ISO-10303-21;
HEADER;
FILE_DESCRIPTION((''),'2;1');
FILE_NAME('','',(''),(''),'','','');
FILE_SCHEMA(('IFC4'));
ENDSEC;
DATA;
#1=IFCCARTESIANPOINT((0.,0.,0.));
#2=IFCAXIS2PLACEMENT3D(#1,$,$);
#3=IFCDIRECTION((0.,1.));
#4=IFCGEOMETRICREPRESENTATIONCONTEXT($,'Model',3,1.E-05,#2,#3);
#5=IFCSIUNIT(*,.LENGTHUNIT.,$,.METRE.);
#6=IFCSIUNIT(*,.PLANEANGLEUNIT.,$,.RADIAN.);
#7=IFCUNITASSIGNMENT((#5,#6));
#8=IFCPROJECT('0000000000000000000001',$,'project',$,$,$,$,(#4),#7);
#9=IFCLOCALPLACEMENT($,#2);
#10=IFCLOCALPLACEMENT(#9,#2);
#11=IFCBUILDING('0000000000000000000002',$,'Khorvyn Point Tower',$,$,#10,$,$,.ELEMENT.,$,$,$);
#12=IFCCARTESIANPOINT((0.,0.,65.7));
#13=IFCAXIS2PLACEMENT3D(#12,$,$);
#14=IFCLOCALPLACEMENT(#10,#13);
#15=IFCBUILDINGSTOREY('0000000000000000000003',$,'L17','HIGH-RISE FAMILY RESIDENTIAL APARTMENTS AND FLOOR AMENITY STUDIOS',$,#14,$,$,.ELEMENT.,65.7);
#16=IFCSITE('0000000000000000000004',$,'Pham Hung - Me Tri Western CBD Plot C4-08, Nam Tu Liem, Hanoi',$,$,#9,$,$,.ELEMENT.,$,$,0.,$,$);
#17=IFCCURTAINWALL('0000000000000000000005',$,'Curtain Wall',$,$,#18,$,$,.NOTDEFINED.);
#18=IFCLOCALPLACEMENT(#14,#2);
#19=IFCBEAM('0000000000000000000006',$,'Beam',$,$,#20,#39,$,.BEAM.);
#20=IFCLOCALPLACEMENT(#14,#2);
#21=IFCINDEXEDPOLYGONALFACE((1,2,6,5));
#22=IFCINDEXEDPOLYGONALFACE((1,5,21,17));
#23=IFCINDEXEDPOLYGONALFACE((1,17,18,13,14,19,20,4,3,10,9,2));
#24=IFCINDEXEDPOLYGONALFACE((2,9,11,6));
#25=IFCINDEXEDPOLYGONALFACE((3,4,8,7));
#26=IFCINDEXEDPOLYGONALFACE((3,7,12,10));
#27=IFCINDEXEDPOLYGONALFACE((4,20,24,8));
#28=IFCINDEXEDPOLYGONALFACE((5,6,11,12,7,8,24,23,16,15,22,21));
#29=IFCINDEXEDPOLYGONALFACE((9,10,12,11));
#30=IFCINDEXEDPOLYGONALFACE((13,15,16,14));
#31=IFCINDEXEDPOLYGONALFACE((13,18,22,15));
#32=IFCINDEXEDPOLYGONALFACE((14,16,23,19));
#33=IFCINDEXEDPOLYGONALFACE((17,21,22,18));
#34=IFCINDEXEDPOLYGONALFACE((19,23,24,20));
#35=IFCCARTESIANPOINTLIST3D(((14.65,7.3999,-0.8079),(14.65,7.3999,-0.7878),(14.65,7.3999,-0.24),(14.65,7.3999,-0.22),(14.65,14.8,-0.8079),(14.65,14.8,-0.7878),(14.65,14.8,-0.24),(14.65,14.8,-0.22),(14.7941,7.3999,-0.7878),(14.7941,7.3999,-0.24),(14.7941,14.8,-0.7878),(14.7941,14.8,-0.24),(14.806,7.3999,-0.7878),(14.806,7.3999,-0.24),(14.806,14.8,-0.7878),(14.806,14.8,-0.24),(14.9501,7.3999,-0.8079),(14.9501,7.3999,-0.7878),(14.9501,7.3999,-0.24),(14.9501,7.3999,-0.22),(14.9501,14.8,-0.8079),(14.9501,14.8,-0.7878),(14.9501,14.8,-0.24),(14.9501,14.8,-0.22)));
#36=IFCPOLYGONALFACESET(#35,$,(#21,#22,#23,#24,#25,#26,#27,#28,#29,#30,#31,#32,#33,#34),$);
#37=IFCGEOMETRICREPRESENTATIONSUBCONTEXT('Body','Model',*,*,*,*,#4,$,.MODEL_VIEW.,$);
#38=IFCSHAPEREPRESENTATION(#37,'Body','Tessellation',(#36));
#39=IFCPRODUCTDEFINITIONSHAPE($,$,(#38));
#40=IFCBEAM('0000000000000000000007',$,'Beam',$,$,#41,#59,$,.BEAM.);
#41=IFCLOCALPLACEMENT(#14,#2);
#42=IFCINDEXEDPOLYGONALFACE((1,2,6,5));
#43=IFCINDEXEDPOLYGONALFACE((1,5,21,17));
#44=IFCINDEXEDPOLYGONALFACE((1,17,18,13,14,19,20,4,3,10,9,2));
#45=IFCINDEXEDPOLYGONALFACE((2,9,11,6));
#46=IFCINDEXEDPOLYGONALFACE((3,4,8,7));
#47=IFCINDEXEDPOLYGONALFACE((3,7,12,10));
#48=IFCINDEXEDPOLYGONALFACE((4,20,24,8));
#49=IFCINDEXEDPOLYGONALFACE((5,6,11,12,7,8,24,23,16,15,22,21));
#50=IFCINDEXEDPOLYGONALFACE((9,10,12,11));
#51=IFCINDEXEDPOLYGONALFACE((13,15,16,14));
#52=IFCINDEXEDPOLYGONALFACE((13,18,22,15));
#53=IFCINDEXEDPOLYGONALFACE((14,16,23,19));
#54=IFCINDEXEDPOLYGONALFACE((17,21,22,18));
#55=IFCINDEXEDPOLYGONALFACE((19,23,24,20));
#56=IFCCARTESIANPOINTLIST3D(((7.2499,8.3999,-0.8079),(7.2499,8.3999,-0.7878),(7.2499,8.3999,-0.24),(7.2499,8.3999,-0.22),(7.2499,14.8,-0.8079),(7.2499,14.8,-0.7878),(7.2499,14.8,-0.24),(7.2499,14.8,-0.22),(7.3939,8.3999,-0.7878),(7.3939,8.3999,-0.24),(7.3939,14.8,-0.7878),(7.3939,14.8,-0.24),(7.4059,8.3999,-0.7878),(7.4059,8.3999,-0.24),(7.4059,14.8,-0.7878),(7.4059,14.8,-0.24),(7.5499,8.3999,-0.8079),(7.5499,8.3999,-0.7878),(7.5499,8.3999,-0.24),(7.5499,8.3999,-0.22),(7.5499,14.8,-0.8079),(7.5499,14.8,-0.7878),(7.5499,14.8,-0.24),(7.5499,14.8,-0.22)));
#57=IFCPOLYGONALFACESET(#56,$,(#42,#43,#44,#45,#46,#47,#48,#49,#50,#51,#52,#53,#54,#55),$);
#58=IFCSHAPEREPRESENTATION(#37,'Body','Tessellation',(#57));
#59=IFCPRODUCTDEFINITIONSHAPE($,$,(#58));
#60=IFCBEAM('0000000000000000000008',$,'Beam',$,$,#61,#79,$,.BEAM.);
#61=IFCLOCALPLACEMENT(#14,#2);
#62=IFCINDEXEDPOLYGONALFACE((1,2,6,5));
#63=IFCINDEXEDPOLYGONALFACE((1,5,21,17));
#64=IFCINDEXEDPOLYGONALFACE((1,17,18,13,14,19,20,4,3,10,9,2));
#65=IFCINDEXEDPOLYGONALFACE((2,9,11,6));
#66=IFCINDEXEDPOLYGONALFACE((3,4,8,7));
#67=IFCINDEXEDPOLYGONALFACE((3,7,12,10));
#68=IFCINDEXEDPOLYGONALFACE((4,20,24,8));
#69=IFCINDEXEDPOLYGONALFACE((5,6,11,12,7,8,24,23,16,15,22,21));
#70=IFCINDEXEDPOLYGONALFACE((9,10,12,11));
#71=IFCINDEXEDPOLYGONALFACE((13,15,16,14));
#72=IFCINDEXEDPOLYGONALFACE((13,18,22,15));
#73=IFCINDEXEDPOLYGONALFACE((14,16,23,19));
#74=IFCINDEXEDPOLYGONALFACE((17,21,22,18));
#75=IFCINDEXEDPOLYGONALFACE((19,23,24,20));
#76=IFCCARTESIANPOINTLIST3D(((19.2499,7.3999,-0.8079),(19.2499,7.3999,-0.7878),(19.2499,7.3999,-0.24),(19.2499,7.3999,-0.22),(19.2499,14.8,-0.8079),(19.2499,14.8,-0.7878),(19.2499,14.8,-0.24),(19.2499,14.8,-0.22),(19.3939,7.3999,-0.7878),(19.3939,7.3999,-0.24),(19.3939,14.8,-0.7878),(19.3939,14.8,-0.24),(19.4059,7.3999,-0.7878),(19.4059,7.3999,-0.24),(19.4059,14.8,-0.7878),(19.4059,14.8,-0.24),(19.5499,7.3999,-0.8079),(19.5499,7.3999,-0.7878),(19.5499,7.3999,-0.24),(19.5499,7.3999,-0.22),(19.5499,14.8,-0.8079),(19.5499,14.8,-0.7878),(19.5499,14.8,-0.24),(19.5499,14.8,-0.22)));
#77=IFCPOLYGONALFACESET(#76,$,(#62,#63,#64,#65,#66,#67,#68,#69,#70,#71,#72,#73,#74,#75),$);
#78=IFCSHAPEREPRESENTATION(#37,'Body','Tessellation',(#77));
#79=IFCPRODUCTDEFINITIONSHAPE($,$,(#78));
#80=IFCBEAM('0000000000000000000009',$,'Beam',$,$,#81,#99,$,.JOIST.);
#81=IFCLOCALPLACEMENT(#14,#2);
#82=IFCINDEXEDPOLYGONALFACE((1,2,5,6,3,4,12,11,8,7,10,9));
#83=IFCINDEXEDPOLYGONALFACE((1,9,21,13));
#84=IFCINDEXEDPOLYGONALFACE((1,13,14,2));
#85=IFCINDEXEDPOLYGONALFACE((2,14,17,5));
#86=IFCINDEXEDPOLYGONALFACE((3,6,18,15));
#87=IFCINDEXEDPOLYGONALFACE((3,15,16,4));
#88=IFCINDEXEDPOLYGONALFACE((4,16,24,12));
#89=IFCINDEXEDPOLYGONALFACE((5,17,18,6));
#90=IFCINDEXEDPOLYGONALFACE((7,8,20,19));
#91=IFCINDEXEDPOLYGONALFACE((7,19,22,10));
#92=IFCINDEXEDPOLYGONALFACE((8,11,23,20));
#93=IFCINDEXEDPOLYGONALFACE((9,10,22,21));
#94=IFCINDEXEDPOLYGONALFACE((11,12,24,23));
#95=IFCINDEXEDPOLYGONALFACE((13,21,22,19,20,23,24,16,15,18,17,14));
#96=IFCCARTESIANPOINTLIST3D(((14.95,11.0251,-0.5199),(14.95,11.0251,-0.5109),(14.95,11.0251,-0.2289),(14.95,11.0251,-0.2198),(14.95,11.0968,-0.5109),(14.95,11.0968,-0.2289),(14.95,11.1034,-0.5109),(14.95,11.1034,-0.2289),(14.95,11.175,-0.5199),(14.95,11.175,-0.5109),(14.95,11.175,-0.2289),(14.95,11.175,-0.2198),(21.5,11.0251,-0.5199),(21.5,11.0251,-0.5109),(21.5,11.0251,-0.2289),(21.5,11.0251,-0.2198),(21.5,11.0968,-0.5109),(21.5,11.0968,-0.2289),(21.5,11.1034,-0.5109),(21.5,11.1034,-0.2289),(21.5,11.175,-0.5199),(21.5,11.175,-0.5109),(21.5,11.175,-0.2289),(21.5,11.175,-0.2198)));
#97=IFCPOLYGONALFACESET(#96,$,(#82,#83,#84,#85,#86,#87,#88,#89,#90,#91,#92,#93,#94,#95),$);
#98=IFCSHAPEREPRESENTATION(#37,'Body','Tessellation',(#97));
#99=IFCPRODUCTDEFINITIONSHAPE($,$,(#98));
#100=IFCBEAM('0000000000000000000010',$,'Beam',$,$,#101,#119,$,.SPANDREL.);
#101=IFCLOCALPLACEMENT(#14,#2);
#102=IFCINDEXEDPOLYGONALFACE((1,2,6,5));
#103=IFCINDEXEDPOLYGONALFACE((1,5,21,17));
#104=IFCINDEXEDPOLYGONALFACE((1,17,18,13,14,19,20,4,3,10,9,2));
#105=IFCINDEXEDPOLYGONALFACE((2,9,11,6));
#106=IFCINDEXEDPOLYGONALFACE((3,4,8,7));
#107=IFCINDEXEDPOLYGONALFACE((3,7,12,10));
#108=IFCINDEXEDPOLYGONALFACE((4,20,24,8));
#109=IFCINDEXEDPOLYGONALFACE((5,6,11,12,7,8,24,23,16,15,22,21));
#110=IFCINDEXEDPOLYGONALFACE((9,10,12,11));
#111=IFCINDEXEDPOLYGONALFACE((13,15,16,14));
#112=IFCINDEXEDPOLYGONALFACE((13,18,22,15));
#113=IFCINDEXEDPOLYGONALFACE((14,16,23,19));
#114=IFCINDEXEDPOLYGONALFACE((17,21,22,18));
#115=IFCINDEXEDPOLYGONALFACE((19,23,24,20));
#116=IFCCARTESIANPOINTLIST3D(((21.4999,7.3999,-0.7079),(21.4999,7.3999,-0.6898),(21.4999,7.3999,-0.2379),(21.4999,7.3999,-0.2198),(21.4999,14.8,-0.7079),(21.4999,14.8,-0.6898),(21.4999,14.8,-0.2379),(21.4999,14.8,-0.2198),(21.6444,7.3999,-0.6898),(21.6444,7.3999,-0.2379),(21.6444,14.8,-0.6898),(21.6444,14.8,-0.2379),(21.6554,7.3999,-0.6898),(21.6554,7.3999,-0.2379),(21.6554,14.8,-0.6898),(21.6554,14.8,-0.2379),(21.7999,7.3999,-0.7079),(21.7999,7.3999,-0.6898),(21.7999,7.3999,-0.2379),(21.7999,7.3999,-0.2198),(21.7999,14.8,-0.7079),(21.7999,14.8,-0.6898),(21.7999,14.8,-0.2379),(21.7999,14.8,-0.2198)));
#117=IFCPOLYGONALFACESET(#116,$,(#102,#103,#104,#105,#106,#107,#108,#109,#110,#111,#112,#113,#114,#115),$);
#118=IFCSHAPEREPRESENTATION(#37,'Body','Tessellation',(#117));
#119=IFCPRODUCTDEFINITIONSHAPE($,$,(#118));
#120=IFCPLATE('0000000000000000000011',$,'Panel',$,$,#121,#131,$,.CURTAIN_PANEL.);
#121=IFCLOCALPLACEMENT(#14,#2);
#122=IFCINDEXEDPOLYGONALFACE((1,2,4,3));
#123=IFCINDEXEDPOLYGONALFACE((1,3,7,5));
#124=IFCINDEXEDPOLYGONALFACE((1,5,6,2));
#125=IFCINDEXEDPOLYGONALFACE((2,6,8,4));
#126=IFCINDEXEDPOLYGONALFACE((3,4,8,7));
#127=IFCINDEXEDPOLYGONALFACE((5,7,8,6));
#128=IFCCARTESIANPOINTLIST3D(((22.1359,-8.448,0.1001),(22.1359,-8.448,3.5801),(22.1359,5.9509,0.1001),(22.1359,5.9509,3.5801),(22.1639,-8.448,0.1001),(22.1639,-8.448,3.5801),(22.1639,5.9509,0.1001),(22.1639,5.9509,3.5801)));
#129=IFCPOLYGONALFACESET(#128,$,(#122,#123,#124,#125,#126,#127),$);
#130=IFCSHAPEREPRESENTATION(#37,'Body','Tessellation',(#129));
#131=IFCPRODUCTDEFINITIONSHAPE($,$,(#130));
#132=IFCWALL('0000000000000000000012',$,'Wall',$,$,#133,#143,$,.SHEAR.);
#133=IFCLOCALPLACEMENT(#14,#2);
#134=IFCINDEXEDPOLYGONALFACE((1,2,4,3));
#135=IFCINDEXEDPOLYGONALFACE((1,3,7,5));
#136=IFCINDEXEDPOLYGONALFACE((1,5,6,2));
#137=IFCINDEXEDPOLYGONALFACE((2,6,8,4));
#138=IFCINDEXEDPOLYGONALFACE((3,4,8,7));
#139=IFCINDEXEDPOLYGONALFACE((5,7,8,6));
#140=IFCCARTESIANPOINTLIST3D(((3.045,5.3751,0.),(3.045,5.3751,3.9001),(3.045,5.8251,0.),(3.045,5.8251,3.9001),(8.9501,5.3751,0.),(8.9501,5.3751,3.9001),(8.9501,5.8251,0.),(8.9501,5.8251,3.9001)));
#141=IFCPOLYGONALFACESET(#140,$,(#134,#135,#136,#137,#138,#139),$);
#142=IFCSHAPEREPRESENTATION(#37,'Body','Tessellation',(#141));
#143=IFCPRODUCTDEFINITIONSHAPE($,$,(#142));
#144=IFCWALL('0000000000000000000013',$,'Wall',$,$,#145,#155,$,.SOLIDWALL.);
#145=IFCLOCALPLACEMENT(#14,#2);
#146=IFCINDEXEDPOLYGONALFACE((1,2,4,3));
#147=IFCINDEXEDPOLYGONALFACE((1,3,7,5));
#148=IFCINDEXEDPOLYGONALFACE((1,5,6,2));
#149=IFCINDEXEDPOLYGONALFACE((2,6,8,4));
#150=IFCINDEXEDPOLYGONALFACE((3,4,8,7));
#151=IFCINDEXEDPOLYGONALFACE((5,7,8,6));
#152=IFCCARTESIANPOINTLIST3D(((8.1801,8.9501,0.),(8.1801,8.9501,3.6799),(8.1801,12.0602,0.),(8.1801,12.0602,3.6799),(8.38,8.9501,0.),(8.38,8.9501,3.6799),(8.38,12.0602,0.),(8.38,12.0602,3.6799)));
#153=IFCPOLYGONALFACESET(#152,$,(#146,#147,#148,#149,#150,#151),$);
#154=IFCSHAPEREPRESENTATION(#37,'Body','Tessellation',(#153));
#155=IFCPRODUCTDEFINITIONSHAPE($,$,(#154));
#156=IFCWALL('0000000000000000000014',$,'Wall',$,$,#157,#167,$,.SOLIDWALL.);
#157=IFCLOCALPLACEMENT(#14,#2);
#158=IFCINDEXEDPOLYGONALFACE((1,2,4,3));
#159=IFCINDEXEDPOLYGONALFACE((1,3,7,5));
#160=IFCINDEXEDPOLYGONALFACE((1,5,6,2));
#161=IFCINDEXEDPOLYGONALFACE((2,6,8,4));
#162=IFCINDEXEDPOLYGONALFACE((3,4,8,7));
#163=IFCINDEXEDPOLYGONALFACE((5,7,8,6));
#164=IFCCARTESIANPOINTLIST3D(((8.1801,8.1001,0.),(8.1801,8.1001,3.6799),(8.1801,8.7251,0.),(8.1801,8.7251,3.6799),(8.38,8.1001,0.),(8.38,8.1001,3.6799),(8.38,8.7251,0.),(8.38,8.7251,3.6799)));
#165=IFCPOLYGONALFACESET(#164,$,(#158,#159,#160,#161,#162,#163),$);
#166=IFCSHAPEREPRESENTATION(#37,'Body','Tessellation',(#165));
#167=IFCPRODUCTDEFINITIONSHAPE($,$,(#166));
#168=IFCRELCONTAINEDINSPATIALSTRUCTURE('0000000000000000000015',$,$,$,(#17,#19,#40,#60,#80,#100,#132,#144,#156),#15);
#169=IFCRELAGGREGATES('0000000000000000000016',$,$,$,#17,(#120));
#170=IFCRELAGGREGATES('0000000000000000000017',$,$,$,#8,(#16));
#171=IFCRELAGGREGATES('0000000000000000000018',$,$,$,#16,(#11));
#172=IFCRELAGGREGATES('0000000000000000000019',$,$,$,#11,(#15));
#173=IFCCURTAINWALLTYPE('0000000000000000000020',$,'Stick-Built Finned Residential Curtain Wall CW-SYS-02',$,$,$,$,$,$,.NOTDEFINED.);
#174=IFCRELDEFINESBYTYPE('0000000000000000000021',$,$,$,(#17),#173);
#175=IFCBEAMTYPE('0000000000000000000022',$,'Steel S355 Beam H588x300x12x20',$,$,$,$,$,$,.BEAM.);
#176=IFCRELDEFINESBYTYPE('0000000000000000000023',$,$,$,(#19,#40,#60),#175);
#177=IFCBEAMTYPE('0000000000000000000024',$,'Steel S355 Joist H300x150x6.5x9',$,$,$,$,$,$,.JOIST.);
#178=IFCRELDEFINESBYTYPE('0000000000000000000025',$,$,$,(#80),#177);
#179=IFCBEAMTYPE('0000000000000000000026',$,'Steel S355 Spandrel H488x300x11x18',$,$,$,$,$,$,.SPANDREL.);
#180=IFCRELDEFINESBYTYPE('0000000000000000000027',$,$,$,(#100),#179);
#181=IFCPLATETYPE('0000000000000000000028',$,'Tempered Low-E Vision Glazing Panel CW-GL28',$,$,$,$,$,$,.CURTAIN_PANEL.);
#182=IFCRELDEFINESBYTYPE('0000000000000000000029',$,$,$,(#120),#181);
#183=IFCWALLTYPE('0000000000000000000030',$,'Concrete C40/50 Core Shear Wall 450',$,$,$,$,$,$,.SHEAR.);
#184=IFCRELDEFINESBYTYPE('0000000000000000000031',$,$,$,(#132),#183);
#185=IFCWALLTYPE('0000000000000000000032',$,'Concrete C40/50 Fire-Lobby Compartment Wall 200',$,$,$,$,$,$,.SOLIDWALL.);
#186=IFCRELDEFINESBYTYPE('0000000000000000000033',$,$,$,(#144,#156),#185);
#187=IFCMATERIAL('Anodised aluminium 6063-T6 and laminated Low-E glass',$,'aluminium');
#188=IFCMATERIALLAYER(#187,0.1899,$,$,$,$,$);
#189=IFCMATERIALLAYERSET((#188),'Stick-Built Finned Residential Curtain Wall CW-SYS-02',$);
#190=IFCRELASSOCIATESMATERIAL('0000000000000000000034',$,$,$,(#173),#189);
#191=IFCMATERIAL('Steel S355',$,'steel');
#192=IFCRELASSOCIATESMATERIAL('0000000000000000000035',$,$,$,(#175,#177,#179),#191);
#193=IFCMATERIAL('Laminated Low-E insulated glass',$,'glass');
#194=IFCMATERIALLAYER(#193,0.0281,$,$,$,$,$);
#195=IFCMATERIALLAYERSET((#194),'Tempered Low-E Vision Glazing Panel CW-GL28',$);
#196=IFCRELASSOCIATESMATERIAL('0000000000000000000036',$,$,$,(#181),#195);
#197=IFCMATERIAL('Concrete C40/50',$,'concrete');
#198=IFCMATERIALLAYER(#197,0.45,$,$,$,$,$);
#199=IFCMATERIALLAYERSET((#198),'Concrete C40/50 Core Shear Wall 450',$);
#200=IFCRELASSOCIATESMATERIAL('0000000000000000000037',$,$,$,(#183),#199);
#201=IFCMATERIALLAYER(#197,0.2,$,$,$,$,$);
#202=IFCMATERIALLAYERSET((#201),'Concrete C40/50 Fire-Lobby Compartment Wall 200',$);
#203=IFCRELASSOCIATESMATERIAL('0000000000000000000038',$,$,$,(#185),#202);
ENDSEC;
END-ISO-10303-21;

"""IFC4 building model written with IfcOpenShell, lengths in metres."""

from ifc_helpers import new_model, si_unit, direction, frame, frame_2d, origin, origin_2d, place, context, subcontext, project, spatial, rectangle, i_section, extrude, material, layer, layer_set, material_profile, profile_set, type_object, element, aggregate, save


model = new_model("IFC4")

# Units and contexts
model_context = context("Model", 3, precision=1e-05, world=origin(), true_north=direction((0.0, 1.0)))
body_context = subcontext(model_context, "Body", "Model", "MODEL_VIEW")
ifc_project = project(units=[si_unit("LENGTHUNIT", "METRE"), si_unit("PLANEANGLEUNIT", "RADIAN")], contexts=[model_context])

# Site, building, storey
site_placement = place(None, origin())
site = spatial("IfcSite", under=ifc_project, at=site_placement, Name="Pham Hung - Me Tri Western CBD Plot C4-08, Nam Tu Liem, Hanoi", CompositionType="ELEMENT", RefElevation=0.0)
building_placement = place(site_placement, origin())
building = spatial("IfcBuilding", under=site, at=building_placement, Name="Khorvyn Point Tower", CompositionType="ELEMENT")
storey_placement = place(building_placement, frame((0.0, 0.0, 65.7)))
storey = spatial("IfcBuildingStorey", under=building, at=storey_placement, Name="L17", Description="HIGH-RISE FAMILY RESIDENTIAL APARTMENTS AND FLOOR AMENITY STUDIOS", CompositionType="ELEMENT", Elevation=65.7)

# Curtain wall
ifc_material_1 = material(Name="Anodised aluminium 6063-T6 and laminated Low-E glass", Category="aluminium")
ifc_layer_1 = layer(ifc_material_1, 0.1899)
ifc_layer_set_1 = layer_set([ifc_layer_1], Name="Stick-Built Finned Residential Curtain Wall CW-SYS-02")
curtain_wall_type = type_object("IfcCurtainWallType", Name="Stick-Built Finned Residential Curtain Wall CW-SYS-02", PredefinedType="NOTDEFINED", material=ifc_layer_set_1)
curtain_wall_placement = place(storey_placement, origin())
curtain_wall = element("IfcCurtainWall", 1, at=curtain_wall_placement, inside=storey, type_object=curtain_wall_type, Name="Curtain Wall", PredefinedType="NOTDEFINED")

# Beams
ifc_material_2 = material(Name="Steel S355", Category="steel")
ifc_material_profile_1 = material_profile(ifc_material_2, i_section(OverallWidth=0.3, OverallDepth=0.5879, WebThickness=0.012, FlangeThickness=0.02, at=origin_2d()))
ifc_profile_set_1 = profile_set([ifc_material_profile_1], Name="Steel S355 H588x300x12x20")
beam_type_1 = type_object("IfcBeamType", Name="Steel S355 Beam H588x300x12x20", PredefinedType="BEAM", material=ifc_profile_set_1)
beam_1_placement = place(storey_placement, frame((14.8, 7.3999, -0.5139), z_axis=(0.0, 1.0, 0.0), x_axis=(-1.0, 0.0, 0.0)))
element("IfcBeam", 2, at=beam_1_placement, inside=storey, type_object=beam_type_1, Name="Beam", PredefinedType="BEAM", context=body_context, shape_type="SweptSolid", body=[
    extrude(i_section(OverallWidth=0.3, OverallDepth=0.5879, WebThickness=0.012, FlangeThickness=0.02, at=origin_2d()), origin(), (0.0, 0.0, 1.0), 7.4001),
])
beam_2_placement = place(storey_placement, frame((7.3999, 8.3999, -0.5139), z_axis=(0.0, 1.0, 0.0), x_axis=(-1.0, 0.0, 0.0)))
element("IfcBeam", 3, at=beam_2_placement, inside=storey, type_object=beam_type_1, Name="Beam", PredefinedType="BEAM", context=body_context, shape_type="SweptSolid", body=[
    extrude(i_section(OverallWidth=0.3, OverallDepth=0.5879, WebThickness=0.012, FlangeThickness=0.02, at=origin_2d()), origin(), (0.0, 0.0, 1.0), 6.4001),
])
beam_3_placement = place(storey_placement, frame((19.3999, 7.3999, -0.5139), z_axis=(0.0, 1.0, 0.0), x_axis=(-1.0, 0.0, 0.0)))
element("IfcBeam", 4, at=beam_3_placement, inside=storey, type_object=beam_type_1, Name="Beam", PredefinedType="BEAM", context=body_context, shape_type="SweptSolid", body=[
    extrude(i_section(OverallWidth=0.3, OverallDepth=0.5879, WebThickness=0.012, FlangeThickness=0.02, at=origin_2d()), origin(), (0.0, 0.0, 1.0), 7.4001),
])
ifc_material_profile_2 = material_profile(ifc_material_2, i_section(OverallWidth=0.1499, OverallDepth=0.3, WebThickness=0.0066, FlangeThickness=0.009, at=origin_2d()))
ifc_profile_set_2 = profile_set([ifc_material_profile_2], Name="Steel S355 H300x150x6.5x9")
beam_type_2 = type_object("IfcBeamType", Name="Steel S355 Joist H300x150x6.5x9", PredefinedType="JOIST", material=ifc_profile_set_2)
beam_4_placement = place(storey_placement, frame((14.95, 11.1001, -0.3699), z_axis=(1.0, 0.0, 0.0), x_axis=(0.0, 1.0, 0.0)))
element("IfcBeam", 5, at=beam_4_placement, inside=storey, type_object=beam_type_2, Name="Beam", PredefinedType="JOIST", context=body_context, shape_type="SweptSolid", body=[
    extrude(i_section(OverallWidth=0.1499, OverallDepth=0.3, WebThickness=0.0066, FlangeThickness=0.009, at=origin_2d()), origin(), (0.0, 0.0, 1.0), 6.55),
])
ifc_material_profile_3 = material_profile(ifc_material_2, i_section(OverallWidth=0.3, OverallDepth=0.488, WebThickness=0.011, FlangeThickness=0.0181, at=origin_2d()))
ifc_profile_set_3 = profile_set([ifc_material_profile_3], Name="Steel S355 H488x300x11x18")
beam_type_3 = type_object("IfcBeamType", Name="Steel S355 Spandrel H488x300x11x18", PredefinedType="SPANDREL", material=ifc_profile_set_3)
beam_5_placement = place(storey_placement, frame((21.6499, 7.3999, -0.4639), z_axis=(0.0, 1.0, 0.0), x_axis=(-1.0, 0.0, 0.0)))
element("IfcBeam", 6, at=beam_5_placement, inside=storey, type_object=beam_type_3, Name="Beam", PredefinedType="SPANDREL", context=body_context, shape_type="SweptSolid", body=[
    extrude(i_section(OverallWidth=0.3, OverallDepth=0.488, WebThickness=0.011, FlangeThickness=0.0181, at=origin_2d()), origin(), (0.0, 0.0, 1.0), 7.4001),
])

# Plate
ifc_material_3 = material(Name="Laminated Low-E insulated glass", Category="glass")
ifc_layer_2 = layer(ifc_material_3, 0.0281)
ifc_layer_set_2 = layer_set([ifc_layer_2], Name="Tempered Low-E Vision Glazing Panel CW-GL28")
plate_type = type_object("IfcPlateType", Name="Tempered Low-E Vision Glazing Panel CW-GL28", PredefinedType="CURTAIN_PANEL", material=ifc_layer_set_2)
plate_placement = place(storey_placement, frame((22.1499, -1.2485, 0.1001), z_axis=(0.0, 0.0, 1.0), x_axis=(0.0, -1.0, 0.0)))
plate = element("IfcPlate", 7, at=plate_placement, type_object=plate_type, Name="Panel", PredefinedType="CURTAIN_PANEL", context=body_context, shape_type="SweptSolid", body=[
    extrude(rectangle(XDim=14.3989, YDim=0.0281, at=origin_2d()), origin(), (0.0, 0.0, 1.0), 3.48),
])
aggregate(curtain_wall, [plate])

# Wall
ifc_material_4 = material(Name="Concrete C40/50", Category="concrete")
ifc_layer_3 = layer(ifc_material_4, 0.45)
ifc_layer_set_3 = layer_set([ifc_layer_3], Name="Concrete C40/50 Core Shear Wall 450")
wall_type_1 = type_object("IfcWallType", Name="Concrete C40/50 Core Shear Wall 450", PredefinedType="SHEAR", material=ifc_layer_set_3)
wall_1_placement = place(storey_placement, frame((3.0449, 5.6001, 0.0), z_axis=(0.0, 0.0, 1.0), x_axis=(1.0, 0.0, 0.0)))
element("IfcWall", 8, at=wall_1_placement, inside=storey, type_object=wall_type_1, Name="Wall", PredefinedType="SHEAR", context=body_context, shape_type="SweptSolid", body=[
    extrude(rectangle(XDim=5.905, YDim=0.45, at=frame_2d((2.9526, 0.0))), origin(), (0.0, 0.0, 1.0), 3.9001),
])

# Shared definitions
ifc_layer_4 = layer(ifc_material_4, 0.2)
ifc_layer_set_4 = layer_set([ifc_layer_4], Name="Concrete C40/50 Fire-Lobby Compartment Wall 200")
wall_type_2 = type_object("IfcWallType", Name="Concrete C40/50 Fire-Lobby Compartment Wall 200", PredefinedType="SOLIDWALL", material=ifc_layer_set_4)

# Walls
wall_2_placement = place(storey_placement, frame((8.28, 8.95, 0.0), z_axis=(0.0, 0.0, 1.0), x_axis=(0.0, 1.0, 0.0)))
element("IfcWall", 9, at=wall_2_placement, inside=storey, type_object=wall_type_2, Name="Wall", PredefinedType="SOLIDWALL", context=body_context, shape_type="SweptSolid", body=[
    extrude(rectangle(XDim=3.1101, YDim=0.2, at=frame_2d((1.5552, 0.0))), origin(), (0.0, 0.0, 1.0), 3.6799),
])
wall_3_placement = place(storey_placement, frame((8.28, 8.1001, 0.0), z_axis=(0.0, 0.0, 1.0), x_axis=(0.0, 1.0, 0.0)))
element("IfcWall", 10, at=wall_3_placement, inside=storey, type_object=wall_type_2, Name="Wall", PredefinedType="SOLIDWALL", context=body_context, shape_type="SweptSolid", body=[
    extrude(rectangle(XDim=0.625, YDim=0.2, at=frame_2d((0.3125, 0.0))), origin(), (0.0, 0.0, 1.0), 3.6799),
])

save(model, "model.ifc")
